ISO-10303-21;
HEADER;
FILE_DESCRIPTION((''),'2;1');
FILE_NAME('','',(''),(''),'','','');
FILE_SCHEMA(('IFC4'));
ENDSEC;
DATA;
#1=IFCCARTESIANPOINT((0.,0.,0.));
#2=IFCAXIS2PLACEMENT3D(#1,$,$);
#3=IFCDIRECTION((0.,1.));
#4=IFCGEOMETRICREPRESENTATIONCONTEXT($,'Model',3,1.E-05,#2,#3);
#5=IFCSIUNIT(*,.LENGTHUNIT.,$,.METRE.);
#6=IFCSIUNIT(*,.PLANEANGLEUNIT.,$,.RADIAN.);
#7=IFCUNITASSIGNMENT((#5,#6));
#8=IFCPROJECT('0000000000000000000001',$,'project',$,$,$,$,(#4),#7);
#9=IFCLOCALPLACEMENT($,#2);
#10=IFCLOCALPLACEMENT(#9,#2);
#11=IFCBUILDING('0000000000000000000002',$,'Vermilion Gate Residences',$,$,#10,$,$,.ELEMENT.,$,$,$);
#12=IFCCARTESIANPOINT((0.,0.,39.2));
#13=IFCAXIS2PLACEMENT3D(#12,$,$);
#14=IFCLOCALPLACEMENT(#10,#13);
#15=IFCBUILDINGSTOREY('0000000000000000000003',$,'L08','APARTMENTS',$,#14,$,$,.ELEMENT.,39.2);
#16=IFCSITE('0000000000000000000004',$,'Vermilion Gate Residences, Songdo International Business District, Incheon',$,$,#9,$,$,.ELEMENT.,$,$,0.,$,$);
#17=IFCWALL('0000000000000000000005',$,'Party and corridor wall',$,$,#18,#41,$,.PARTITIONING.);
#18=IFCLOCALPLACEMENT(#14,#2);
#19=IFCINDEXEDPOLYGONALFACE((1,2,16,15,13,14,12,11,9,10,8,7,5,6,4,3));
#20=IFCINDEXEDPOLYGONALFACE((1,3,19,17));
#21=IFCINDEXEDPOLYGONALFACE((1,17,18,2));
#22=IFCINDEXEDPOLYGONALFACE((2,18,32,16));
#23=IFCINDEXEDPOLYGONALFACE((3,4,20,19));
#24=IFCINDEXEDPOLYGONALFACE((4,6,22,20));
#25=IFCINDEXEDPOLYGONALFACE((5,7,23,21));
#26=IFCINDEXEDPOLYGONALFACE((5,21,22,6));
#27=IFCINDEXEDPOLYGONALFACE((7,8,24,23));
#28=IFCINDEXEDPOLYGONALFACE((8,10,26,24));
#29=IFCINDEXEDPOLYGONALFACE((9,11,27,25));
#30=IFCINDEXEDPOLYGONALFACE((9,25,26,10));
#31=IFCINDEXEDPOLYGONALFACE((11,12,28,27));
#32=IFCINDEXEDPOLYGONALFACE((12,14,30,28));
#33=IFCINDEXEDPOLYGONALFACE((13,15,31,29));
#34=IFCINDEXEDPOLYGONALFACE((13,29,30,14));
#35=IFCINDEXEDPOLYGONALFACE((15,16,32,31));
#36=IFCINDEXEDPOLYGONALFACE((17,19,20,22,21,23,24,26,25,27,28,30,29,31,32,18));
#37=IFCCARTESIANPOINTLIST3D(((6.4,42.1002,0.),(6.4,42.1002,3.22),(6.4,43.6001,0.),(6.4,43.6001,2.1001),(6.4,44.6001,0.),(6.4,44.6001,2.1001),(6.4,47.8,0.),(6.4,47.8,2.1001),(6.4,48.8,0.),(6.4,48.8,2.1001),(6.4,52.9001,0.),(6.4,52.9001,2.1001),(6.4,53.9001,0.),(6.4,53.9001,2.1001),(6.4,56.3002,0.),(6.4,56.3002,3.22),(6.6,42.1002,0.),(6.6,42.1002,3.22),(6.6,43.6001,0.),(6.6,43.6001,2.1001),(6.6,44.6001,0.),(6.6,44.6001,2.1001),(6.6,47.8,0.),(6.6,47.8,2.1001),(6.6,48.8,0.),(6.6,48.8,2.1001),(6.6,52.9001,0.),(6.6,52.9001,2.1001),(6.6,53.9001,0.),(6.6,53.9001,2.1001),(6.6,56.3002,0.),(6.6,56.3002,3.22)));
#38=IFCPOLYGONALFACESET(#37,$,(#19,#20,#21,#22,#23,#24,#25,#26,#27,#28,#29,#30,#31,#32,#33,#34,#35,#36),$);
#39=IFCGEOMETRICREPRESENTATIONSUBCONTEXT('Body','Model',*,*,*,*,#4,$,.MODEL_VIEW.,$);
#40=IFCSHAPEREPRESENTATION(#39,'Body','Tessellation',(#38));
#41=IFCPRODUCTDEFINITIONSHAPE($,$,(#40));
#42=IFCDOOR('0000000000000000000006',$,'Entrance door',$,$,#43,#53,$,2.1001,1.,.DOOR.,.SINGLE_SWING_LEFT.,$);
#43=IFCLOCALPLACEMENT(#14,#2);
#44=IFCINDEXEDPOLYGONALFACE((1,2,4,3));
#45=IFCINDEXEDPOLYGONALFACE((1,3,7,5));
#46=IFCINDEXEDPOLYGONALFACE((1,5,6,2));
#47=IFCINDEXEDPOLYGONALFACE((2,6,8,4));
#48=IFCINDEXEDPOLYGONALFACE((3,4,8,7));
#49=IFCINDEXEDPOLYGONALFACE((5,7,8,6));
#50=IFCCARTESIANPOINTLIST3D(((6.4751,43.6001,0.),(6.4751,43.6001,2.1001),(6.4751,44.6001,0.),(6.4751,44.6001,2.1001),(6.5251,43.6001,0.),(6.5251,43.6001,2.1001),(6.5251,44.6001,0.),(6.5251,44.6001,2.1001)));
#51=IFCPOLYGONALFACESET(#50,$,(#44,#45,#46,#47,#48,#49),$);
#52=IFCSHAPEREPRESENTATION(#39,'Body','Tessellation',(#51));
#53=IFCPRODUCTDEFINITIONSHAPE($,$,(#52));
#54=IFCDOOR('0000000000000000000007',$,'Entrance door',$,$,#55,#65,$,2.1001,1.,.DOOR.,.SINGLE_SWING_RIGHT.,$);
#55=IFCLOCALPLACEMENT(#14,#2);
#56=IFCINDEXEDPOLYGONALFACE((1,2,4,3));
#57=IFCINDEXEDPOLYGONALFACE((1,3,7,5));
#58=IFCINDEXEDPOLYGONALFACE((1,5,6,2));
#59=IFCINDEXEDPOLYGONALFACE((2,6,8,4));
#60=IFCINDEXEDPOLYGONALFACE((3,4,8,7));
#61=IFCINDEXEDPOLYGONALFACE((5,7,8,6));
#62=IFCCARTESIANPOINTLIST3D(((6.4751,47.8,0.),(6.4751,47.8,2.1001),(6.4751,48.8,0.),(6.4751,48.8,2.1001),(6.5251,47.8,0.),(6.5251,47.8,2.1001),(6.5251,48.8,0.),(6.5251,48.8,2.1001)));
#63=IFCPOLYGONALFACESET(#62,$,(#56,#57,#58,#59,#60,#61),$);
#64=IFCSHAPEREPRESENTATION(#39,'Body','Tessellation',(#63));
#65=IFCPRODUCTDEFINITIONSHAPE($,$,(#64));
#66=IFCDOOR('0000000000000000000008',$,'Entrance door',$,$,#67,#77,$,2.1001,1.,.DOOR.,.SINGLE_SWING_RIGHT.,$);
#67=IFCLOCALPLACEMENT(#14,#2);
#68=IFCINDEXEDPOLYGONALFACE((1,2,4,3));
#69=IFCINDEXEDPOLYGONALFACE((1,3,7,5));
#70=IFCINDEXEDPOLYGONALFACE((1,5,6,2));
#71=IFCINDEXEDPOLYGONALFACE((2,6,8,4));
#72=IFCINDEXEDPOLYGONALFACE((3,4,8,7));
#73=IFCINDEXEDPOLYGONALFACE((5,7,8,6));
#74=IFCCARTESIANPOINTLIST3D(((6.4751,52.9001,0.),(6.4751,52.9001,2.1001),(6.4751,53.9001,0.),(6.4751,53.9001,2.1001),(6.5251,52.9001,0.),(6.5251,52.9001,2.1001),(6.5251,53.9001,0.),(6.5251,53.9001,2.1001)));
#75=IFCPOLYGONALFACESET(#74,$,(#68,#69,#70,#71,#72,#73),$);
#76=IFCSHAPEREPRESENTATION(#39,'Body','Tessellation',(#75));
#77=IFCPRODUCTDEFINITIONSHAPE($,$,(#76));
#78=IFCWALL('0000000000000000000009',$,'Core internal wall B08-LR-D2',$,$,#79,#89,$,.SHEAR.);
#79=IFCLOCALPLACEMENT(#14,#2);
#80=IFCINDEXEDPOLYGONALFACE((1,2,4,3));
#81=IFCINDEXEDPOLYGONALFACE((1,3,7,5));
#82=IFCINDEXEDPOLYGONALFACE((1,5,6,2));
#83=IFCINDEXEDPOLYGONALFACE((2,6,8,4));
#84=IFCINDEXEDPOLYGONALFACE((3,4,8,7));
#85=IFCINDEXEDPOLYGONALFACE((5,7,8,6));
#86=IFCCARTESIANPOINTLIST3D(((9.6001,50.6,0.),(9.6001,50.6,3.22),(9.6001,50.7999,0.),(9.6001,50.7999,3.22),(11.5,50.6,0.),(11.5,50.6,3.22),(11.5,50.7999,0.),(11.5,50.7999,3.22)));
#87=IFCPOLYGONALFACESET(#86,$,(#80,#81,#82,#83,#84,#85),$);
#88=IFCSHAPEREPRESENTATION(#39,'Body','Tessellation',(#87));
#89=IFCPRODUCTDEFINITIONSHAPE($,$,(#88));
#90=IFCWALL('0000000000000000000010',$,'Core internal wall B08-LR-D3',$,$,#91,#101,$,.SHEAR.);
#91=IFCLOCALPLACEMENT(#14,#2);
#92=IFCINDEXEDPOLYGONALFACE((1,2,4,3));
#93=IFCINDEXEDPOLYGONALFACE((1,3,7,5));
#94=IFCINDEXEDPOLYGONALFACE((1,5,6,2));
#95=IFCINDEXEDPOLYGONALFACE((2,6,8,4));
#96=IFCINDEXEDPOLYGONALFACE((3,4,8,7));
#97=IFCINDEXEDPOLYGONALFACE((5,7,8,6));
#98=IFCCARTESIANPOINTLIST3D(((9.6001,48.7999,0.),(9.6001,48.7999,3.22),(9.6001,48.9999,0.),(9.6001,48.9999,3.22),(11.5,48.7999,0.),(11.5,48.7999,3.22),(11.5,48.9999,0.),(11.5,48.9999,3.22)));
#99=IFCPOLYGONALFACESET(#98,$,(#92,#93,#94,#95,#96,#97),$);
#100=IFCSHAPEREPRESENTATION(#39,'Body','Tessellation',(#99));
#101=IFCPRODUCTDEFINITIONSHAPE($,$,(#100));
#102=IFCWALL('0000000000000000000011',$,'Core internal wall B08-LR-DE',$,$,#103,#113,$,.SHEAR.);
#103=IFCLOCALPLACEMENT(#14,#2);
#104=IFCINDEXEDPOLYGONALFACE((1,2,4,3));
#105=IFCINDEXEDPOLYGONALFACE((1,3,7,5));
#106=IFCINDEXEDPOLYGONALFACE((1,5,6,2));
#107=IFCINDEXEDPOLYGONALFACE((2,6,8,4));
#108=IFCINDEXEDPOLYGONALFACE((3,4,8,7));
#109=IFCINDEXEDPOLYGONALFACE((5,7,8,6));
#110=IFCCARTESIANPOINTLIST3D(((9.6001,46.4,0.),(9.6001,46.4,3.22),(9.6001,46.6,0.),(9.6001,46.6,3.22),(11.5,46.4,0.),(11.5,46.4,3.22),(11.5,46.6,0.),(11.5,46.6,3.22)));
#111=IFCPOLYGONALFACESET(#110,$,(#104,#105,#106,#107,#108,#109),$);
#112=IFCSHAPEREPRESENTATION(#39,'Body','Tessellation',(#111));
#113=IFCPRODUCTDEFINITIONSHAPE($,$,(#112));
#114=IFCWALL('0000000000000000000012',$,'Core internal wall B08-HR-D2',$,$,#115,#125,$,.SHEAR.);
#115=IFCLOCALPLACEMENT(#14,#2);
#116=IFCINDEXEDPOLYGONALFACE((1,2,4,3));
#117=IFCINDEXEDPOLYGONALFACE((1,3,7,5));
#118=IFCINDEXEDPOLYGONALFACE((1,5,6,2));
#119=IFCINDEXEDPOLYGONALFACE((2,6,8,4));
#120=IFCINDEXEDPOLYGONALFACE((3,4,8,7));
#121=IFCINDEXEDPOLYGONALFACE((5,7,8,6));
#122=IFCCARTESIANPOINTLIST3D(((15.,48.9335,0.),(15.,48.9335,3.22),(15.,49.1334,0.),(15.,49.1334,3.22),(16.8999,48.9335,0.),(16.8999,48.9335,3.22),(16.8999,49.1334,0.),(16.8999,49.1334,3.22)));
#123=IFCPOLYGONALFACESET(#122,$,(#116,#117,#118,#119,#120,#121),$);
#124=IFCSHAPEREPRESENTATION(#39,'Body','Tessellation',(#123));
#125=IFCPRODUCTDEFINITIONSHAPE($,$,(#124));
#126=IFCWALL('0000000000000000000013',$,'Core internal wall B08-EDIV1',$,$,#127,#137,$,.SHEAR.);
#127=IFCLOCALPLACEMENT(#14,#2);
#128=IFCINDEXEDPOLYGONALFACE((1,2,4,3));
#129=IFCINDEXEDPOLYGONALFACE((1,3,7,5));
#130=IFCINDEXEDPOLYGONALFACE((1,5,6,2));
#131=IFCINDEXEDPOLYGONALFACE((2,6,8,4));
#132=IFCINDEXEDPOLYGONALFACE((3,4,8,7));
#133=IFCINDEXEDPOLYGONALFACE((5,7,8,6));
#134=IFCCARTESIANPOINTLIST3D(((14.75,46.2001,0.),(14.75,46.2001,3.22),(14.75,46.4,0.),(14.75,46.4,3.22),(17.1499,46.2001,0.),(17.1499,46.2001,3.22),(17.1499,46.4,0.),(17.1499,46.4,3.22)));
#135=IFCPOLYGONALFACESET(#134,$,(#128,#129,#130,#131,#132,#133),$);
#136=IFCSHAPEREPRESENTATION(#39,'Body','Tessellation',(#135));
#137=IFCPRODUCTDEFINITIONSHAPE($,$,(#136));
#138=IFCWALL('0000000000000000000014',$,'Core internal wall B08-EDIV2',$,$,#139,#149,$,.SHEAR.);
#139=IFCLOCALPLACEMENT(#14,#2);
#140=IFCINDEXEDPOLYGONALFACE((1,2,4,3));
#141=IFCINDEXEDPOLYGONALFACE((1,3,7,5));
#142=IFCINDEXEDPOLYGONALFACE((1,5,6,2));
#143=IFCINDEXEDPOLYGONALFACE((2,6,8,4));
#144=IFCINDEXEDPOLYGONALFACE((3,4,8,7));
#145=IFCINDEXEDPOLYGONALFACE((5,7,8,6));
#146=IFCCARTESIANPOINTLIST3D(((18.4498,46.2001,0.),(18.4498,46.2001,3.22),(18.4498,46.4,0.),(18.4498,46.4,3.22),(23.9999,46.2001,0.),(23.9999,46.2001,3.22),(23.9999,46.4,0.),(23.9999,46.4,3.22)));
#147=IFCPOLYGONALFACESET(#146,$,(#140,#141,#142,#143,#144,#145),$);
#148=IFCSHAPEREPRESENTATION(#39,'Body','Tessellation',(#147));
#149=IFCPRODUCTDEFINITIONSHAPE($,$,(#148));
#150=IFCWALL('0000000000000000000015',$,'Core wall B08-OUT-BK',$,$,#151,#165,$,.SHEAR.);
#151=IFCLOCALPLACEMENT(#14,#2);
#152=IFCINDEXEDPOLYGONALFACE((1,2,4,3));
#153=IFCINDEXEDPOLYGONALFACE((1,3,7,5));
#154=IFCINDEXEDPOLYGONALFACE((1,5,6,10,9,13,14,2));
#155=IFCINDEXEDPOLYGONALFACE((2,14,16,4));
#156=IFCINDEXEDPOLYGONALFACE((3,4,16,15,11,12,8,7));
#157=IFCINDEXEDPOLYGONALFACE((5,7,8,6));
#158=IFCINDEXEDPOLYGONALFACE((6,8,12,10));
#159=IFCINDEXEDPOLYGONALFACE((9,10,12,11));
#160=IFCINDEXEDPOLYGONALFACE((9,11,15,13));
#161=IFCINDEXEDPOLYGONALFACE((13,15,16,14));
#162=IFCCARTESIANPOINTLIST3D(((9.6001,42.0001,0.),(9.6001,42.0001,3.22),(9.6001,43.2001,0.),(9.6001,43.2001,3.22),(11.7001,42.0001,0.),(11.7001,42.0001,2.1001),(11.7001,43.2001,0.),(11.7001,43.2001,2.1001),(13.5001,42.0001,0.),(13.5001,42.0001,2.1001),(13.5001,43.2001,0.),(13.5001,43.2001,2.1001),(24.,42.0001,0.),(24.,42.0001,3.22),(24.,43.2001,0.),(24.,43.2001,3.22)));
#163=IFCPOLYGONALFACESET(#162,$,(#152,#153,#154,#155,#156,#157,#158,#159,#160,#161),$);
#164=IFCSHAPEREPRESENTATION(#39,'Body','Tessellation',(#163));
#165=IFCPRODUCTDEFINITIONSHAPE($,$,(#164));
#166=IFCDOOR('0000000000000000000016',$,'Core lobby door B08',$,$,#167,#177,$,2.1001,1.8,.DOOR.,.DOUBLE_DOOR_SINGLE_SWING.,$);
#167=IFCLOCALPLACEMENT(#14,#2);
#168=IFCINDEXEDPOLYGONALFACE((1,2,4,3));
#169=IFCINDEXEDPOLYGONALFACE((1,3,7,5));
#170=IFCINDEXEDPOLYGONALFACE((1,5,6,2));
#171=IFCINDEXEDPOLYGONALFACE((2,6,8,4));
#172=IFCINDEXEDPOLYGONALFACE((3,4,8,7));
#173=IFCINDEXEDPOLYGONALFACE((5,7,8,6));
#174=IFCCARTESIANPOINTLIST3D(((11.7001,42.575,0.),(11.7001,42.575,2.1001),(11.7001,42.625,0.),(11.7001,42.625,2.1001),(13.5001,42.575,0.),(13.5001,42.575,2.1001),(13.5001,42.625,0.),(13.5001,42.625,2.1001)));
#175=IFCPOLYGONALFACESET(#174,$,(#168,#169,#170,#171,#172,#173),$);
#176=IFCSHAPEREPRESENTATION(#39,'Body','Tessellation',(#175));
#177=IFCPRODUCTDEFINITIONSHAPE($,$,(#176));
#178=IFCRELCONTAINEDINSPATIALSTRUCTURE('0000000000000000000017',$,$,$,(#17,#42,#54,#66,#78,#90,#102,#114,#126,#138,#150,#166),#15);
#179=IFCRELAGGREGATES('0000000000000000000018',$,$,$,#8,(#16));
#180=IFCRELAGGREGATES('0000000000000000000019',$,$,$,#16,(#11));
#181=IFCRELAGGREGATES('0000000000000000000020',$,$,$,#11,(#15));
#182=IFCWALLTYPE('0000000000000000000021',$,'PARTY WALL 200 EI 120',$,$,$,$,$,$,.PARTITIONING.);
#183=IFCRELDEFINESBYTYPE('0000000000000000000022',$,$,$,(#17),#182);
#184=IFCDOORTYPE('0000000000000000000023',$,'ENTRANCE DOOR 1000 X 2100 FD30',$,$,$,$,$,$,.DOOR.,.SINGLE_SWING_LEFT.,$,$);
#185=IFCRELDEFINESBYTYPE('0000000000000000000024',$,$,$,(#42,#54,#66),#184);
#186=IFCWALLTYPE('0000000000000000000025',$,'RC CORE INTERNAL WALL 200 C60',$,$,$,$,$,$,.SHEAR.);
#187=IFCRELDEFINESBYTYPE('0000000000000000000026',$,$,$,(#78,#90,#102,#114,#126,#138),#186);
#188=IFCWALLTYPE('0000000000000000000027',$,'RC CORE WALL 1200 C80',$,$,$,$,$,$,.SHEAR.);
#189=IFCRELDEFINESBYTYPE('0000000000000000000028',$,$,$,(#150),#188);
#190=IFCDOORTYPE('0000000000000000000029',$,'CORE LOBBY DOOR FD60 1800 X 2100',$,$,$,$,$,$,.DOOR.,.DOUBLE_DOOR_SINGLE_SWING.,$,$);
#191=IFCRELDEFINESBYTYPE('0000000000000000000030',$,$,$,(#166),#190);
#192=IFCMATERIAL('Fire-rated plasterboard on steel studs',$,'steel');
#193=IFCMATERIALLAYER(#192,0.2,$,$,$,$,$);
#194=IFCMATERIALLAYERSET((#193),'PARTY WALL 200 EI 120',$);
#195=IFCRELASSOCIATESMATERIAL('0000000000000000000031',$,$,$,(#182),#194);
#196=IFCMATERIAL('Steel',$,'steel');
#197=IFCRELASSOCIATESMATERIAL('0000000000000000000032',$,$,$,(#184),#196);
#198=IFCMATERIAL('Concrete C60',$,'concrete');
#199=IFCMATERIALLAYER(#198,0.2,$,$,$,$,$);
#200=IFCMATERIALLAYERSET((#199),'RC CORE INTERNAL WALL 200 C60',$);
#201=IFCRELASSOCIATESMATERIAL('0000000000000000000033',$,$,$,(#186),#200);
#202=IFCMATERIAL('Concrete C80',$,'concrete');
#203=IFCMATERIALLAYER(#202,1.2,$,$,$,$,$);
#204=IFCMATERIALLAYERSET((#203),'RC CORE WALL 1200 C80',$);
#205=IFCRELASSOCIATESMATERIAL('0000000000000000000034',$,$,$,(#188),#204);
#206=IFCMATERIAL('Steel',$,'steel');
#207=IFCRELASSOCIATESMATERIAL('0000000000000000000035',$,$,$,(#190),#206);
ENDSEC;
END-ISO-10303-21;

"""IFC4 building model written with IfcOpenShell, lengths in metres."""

from ifc_helpers import new_model, si_unit, direction, frame, frame_2d, origin, place, context, subcontext, project, spatial, rectangle, extrude, material, layer, layer_set, type_object, element, fill, save


model = new_model("IFC4")

# Units and contexts
model_context = context("Model", 3, precision=1e-05, world=origin(), true_north=direction((0.0, 1.0)))
body_context = subcontext(model_context, "Body", "Model", "MODEL_VIEW")
ifc_project = project(units=[si_unit("LENGTHUNIT", "METRE"), si_unit("PLANEANGLEUNIT", "RADIAN")], contexts=[model_context])

# Site, building, storey
site_placement = place(None, origin())
site = spatial("IfcSite", under=ifc_project, at=site_placement, Name="Vermilion Gate Residences, Songdo International Business District, Incheon", CompositionType="ELEMENT", RefElevation=0.0)
building_placement = place(site_placement, origin())
building = spatial("IfcBuilding", under=site, at=building_placement, Name="Vermilion Gate Residences", CompositionType="ELEMENT")
storey_placement = place(building_placement, frame((0.0, 0.0, 39.2)))
storey = spatial("IfcBuildingStorey", under=building, at=storey_placement, Name="L08", Description="APARTMENTS", CompositionType="ELEMENT", Elevation=39.2)

# Shared definitions
ifc_material_1 = material(Name="Fire-rated plasterboard on steel studs", Category="steel")
ifc_layer_1 = layer(ifc_material_1, 0.2)
ifc_layer_set_1 = layer_set([ifc_layer_1], Name="PARTY WALL 200 EI 120")
wall_type_1 = type_object("IfcWallType", Name="PARTY WALL 200 EI 120", PredefinedType="PARTITIONING", material=ifc_layer_set_1)

# Wall, openings, doors
wall_1_placement = place(storey_placement, frame((6.5, 42.1001, 0.0), z_axis=(0.0, 0.0, 1.0), x_axis=(0.0, 1.0, 0.0)))
wall_1 = element("IfcWall", 1, at=wall_1_placement, inside=storey, type_object=wall_type_1, Name="Party and corridor wall", PredefinedType="PARTITIONING", context=body_context, shape_type="SweptSolid", body=[
    extrude(rectangle(XDim=14.2, YDim=0.2, at=frame_2d((7.1001, 0.0))), origin(), (0.0, 0.0, 1.0), 3.22),
])
opening_1_placement = place(wall_1_placement, frame((1.5, 0.0, 0.0)))
opening_1 = element("IfcOpeningElement", 2, at=opening_1_placement, cuts=wall_1, PredefinedType="OPENING", context=body_context, shape_type="SweptSolid", body=[
    extrude(rectangle(XDim=1.0, YDim=2.1001, at=frame_2d((0.5, 1.05))), frame((0.0, 0.1099, 0.0), z_axis=(0.0, -1.0, 0.0), x_axis=(1.0, 0.0, 0.0)), (0.0, 0.0, 1.0), 0.22),
])
opening_2_placement = place(wall_1_placement, frame((5.7, 0.0, 0.0)))
opening_2 = element("IfcOpeningElement", 3, at=opening_2_placement, cuts=wall_1, PredefinedType="OPENING", context=body_context, shape_type="SweptSolid", body=[
    extrude(rectangle(XDim=1.0, YDim=2.1001, at=frame_2d((0.5, 1.05))), frame((0.0, 0.1099, 0.0), z_axis=(0.0, -1.0, 0.0), x_axis=(1.0, 0.0, 0.0)), (0.0, 0.0, 1.0), 0.22),
])
opening_3_placement = place(wall_1_placement, frame((10.8, 0.0, 0.0)))
opening_3 = element("IfcOpeningElement", 4, at=opening_3_placement, cuts=wall_1, PredefinedType="OPENING", context=body_context, shape_type="SweptSolid", body=[
    extrude(rectangle(XDim=1.0, YDim=2.1001, at=frame_2d((0.5, 1.05))), frame((0.0, 0.1099, 0.0), z_axis=(0.0, -1.0, 0.0), x_axis=(1.0, 0.0, 0.0)), (0.0, 0.0, 1.0), 0.22),
])
ifc_material_2 = material(Name="Steel", Category="steel")
door_type_1 = type_object("IfcDoorType", Name="ENTRANCE DOOR 1000 X 2100 FD30", OperationType="SINGLE_SWING_LEFT", PredefinedType="DOOR", material=ifc_material_2)
door_1_placement = place(opening_1_placement, origin())
door_1 = element("IfcDoor", 5, at=door_1_placement, inside=storey, type_object=door_type_1, Name="Entrance door", OperationType="SINGLE_SWING_LEFT", OverallHeight=2.1001, OverallWidth=1.0, PredefinedType="DOOR", context=body_context, shape_type="SweptSolid", body=[
    extrude(rectangle(XDim=1.0, YDim=2.1001, at=frame_2d((0.5, 1.05))), frame((0.0, 0.0249, 0.0), z_axis=(0.0, -1.0, 0.0), x_axis=(1.0, 0.0, 0.0)), (0.0, 0.0, 1.0), 0.05),
])
fill(opening_1, door_1)
door_2_placement = place(opening_2_placement, origin())
door_2 = element("IfcDoor", 6, at=door_2_placement, inside=storey, type_object=door_type_1, Name="Entrance door", OperationType="SINGLE_SWING_RIGHT", OverallHeight=2.1001, OverallWidth=1.0, PredefinedType="DOOR", context=body_context, shape_type="SweptSolid", body=[
    extrude(rectangle(XDim=1.0, YDim=2.1001, at=frame_2d((0.5, 1.05))), frame((0.0, 0.0249, 0.0), z_axis=(0.0, -1.0, 0.0), x_axis=(1.0, 0.0, 0.0)), (0.0, 0.0, 1.0), 0.05),
])
fill(opening_2, door_2)
door_3_placement = place(opening_3_placement, origin())
door_3 = element("IfcDoor", 7, at=door_3_placement, inside=storey, type_object=door_type_1, Name="Entrance door", OperationType="SINGLE_SWING_RIGHT", OverallHeight=2.1001, OverallWidth=1.0, PredefinedType="DOOR", context=body_context, shape_type="SweptSolid", body=[
    extrude(rectangle(XDim=1.0, YDim=2.1001, at=frame_2d((0.5, 1.05))), frame((0.0, 0.0249, 0.0), z_axis=(0.0, -1.0, 0.0), x_axis=(1.0, 0.0, 0.0)), (0.0, 0.0, 1.0), 0.05),
])
fill(opening_3, door_3)

# Walls
ifc_material_3 = material(Name="Concrete C60", Category="concrete")
ifc_layer_2 = layer(ifc_material_3, 0.2)
ifc_layer_set_2 = layer_set([ifc_layer_2], Name="RC CORE INTERNAL WALL 200 C60")
wall_type_2 = type_object("IfcWallType", Name="RC CORE INTERNAL WALL 200 C60", PredefinedType="SHEAR", material=ifc_layer_set_2)
for number, where, z_axis, x_axis, name in (
    (8, (9.6001, 50.7, 0.0), (0.0, 0.0, 1.0), (1.0, 0.0, 0.0), "Core internal wall B08-LR-D2"),
    (9, (9.6001, 48.8999, 0.0), (0.0, 0.0, 1.0), (1.0, 0.0, 0.0), "Core internal wall B08-LR-D3"),
    (10, (9.6001, 46.5, 0.0), (0.0, 0.0, 1.0), (1.0, 0.0, 0.0), "Core internal wall B08-LR-DE"),
    (11, (15.0, 49.0334, 0.0), (0.0, 0.0, 1.0), (1.0, 0.0, 0.0), "Core internal wall B08-HR-D2"),
):
    element("IfcWall", number, at=place(storey_placement, frame(where, z_axis=z_axis, x_axis=x_axis)), inside=storey, type_object=wall_type_2, Name=name, PredefinedType="SHEAR", context=body_context, shape_type="SweptSolid", body=[
        extrude(rectangle(XDim=1.8999, YDim=0.2, at=frame_2d((0.95, 0.0))), origin(), (0.0, 0.0, 1.0), 3.22),
    ])
wall_2_placement = place(storey_placement, frame((14.75, 46.3, 0.0), z_axis=(0.0, 0.0, 1.0), x_axis=(1.0, 0.0, 0.0)))
element("IfcWall", 12, at=wall_2_placement, inside=storey, type_object=wall_type_2, Name="Core internal wall B08-EDIV1", PredefinedType="SHEAR", context=body_context, shape_type="SweptSolid", body=[
    extrude(rectangle(XDim=2.3999, YDim=0.2, at=frame_2d((1.2, 0.0))), origin(), (0.0, 0.0, 1.0), 3.22),
])
wall_3_placement = place(storey_placement, frame((18.45, 46.3, 0.0), z_axis=(0.0, 0.0, 1.0), x_axis=(1.0, 0.0, 0.0)))
element("IfcWall", 13, at=wall_3_placement, inside=storey, type_object=wall_type_2, Name="Core internal wall B08-EDIV2", PredefinedType="SHEAR", context=body_context, shape_type="SweptSolid", body=[
    extrude(rectangle(XDim=5.55, YDim=0.2, at=frame_2d((2.7749, 0.0))), origin(), (0.0, 0.0, 1.0), 3.22),
])

# Wall, opening, door
ifc_material_4 = material(Name="Concrete C80", Category="concrete")
ifc_layer_3 = layer(ifc_material_4, 1.2)
ifc_layer_set_3 = layer_set([ifc_layer_3], Name="RC CORE WALL 1200 C80")
wall_type_3 = type_object("IfcWallType", Name="RC CORE WALL 1200 C80", PredefinedType="SHEAR", material=ifc_layer_set_3)
wall_4_placement = place(storey_placement, frame((9.6001, 42.6001, 0.0), z_axis=(0.0, 0.0, 1.0), x_axis=(1.0, 0.0, 0.0)))
wall_4 = element("IfcWall", 14, at=wall_4_placement, inside=storey, type_object=wall_type_3, Name="Core wall B08-OUT-BK", PredefinedType="SHEAR", context=body_context, shape_type="SweptSolid", body=[
    extrude(rectangle(XDim=14.3999, YDim=1.2, at=frame_2d((7.2, 0.0))), origin(), (0.0, 0.0, 1.0), 3.22),
])
opening_4_placement = place(wall_4_placement, frame((2.1001, 0.0, 0.0)))
opening_4 = element("IfcOpeningElement", 15, at=opening_4_placement, cuts=wall_4, PredefinedType="OPENING", context=body_context, shape_type="SweptSolid", body=[
    extrude(rectangle(XDim=1.8, YDim=2.1001, at=frame_2d((0.8999, 1.05))), frame((0.0, 0.6099, 0.0), z_axis=(0.0, -1.0, 0.0), x_axis=(1.0, 0.0, 0.0)), (0.0, 0.0, 1.0), 1.22),
])
ifc_material_5 = material(Name="Steel", Category="steel")
door_type_2 = type_object("IfcDoorType", Name="CORE LOBBY DOOR FD60 1800 X 2100", OperationType="DOUBLE_DOOR_SINGLE_SWING", PredefinedType="DOOR", material=ifc_material_5)
door_4_placement = place(opening_4_placement, origin())
door_4 = element("IfcDoor", 16, at=door_4_placement, inside=storey, type_object=door_type_2, Name="Core lobby door B08", OperationType="DOUBLE_DOOR_SINGLE_SWING", OverallHeight=2.1001, OverallWidth=1.8, PredefinedType="DOOR", context=body_context, shape_type="SweptSolid", body=[
    extrude(rectangle(XDim=1.8, YDim=2.1001, at=frame_2d((0.8999, 1.05))), frame((0.0, 0.0249, 0.0), z_axis=(0.0, -1.0, 0.0), x_axis=(1.0, 0.0, 0.0)), (0.0, 0.0, 1.0), 0.05),
])
fill(opening_4, door_4)

save(model, "model.ifc")
